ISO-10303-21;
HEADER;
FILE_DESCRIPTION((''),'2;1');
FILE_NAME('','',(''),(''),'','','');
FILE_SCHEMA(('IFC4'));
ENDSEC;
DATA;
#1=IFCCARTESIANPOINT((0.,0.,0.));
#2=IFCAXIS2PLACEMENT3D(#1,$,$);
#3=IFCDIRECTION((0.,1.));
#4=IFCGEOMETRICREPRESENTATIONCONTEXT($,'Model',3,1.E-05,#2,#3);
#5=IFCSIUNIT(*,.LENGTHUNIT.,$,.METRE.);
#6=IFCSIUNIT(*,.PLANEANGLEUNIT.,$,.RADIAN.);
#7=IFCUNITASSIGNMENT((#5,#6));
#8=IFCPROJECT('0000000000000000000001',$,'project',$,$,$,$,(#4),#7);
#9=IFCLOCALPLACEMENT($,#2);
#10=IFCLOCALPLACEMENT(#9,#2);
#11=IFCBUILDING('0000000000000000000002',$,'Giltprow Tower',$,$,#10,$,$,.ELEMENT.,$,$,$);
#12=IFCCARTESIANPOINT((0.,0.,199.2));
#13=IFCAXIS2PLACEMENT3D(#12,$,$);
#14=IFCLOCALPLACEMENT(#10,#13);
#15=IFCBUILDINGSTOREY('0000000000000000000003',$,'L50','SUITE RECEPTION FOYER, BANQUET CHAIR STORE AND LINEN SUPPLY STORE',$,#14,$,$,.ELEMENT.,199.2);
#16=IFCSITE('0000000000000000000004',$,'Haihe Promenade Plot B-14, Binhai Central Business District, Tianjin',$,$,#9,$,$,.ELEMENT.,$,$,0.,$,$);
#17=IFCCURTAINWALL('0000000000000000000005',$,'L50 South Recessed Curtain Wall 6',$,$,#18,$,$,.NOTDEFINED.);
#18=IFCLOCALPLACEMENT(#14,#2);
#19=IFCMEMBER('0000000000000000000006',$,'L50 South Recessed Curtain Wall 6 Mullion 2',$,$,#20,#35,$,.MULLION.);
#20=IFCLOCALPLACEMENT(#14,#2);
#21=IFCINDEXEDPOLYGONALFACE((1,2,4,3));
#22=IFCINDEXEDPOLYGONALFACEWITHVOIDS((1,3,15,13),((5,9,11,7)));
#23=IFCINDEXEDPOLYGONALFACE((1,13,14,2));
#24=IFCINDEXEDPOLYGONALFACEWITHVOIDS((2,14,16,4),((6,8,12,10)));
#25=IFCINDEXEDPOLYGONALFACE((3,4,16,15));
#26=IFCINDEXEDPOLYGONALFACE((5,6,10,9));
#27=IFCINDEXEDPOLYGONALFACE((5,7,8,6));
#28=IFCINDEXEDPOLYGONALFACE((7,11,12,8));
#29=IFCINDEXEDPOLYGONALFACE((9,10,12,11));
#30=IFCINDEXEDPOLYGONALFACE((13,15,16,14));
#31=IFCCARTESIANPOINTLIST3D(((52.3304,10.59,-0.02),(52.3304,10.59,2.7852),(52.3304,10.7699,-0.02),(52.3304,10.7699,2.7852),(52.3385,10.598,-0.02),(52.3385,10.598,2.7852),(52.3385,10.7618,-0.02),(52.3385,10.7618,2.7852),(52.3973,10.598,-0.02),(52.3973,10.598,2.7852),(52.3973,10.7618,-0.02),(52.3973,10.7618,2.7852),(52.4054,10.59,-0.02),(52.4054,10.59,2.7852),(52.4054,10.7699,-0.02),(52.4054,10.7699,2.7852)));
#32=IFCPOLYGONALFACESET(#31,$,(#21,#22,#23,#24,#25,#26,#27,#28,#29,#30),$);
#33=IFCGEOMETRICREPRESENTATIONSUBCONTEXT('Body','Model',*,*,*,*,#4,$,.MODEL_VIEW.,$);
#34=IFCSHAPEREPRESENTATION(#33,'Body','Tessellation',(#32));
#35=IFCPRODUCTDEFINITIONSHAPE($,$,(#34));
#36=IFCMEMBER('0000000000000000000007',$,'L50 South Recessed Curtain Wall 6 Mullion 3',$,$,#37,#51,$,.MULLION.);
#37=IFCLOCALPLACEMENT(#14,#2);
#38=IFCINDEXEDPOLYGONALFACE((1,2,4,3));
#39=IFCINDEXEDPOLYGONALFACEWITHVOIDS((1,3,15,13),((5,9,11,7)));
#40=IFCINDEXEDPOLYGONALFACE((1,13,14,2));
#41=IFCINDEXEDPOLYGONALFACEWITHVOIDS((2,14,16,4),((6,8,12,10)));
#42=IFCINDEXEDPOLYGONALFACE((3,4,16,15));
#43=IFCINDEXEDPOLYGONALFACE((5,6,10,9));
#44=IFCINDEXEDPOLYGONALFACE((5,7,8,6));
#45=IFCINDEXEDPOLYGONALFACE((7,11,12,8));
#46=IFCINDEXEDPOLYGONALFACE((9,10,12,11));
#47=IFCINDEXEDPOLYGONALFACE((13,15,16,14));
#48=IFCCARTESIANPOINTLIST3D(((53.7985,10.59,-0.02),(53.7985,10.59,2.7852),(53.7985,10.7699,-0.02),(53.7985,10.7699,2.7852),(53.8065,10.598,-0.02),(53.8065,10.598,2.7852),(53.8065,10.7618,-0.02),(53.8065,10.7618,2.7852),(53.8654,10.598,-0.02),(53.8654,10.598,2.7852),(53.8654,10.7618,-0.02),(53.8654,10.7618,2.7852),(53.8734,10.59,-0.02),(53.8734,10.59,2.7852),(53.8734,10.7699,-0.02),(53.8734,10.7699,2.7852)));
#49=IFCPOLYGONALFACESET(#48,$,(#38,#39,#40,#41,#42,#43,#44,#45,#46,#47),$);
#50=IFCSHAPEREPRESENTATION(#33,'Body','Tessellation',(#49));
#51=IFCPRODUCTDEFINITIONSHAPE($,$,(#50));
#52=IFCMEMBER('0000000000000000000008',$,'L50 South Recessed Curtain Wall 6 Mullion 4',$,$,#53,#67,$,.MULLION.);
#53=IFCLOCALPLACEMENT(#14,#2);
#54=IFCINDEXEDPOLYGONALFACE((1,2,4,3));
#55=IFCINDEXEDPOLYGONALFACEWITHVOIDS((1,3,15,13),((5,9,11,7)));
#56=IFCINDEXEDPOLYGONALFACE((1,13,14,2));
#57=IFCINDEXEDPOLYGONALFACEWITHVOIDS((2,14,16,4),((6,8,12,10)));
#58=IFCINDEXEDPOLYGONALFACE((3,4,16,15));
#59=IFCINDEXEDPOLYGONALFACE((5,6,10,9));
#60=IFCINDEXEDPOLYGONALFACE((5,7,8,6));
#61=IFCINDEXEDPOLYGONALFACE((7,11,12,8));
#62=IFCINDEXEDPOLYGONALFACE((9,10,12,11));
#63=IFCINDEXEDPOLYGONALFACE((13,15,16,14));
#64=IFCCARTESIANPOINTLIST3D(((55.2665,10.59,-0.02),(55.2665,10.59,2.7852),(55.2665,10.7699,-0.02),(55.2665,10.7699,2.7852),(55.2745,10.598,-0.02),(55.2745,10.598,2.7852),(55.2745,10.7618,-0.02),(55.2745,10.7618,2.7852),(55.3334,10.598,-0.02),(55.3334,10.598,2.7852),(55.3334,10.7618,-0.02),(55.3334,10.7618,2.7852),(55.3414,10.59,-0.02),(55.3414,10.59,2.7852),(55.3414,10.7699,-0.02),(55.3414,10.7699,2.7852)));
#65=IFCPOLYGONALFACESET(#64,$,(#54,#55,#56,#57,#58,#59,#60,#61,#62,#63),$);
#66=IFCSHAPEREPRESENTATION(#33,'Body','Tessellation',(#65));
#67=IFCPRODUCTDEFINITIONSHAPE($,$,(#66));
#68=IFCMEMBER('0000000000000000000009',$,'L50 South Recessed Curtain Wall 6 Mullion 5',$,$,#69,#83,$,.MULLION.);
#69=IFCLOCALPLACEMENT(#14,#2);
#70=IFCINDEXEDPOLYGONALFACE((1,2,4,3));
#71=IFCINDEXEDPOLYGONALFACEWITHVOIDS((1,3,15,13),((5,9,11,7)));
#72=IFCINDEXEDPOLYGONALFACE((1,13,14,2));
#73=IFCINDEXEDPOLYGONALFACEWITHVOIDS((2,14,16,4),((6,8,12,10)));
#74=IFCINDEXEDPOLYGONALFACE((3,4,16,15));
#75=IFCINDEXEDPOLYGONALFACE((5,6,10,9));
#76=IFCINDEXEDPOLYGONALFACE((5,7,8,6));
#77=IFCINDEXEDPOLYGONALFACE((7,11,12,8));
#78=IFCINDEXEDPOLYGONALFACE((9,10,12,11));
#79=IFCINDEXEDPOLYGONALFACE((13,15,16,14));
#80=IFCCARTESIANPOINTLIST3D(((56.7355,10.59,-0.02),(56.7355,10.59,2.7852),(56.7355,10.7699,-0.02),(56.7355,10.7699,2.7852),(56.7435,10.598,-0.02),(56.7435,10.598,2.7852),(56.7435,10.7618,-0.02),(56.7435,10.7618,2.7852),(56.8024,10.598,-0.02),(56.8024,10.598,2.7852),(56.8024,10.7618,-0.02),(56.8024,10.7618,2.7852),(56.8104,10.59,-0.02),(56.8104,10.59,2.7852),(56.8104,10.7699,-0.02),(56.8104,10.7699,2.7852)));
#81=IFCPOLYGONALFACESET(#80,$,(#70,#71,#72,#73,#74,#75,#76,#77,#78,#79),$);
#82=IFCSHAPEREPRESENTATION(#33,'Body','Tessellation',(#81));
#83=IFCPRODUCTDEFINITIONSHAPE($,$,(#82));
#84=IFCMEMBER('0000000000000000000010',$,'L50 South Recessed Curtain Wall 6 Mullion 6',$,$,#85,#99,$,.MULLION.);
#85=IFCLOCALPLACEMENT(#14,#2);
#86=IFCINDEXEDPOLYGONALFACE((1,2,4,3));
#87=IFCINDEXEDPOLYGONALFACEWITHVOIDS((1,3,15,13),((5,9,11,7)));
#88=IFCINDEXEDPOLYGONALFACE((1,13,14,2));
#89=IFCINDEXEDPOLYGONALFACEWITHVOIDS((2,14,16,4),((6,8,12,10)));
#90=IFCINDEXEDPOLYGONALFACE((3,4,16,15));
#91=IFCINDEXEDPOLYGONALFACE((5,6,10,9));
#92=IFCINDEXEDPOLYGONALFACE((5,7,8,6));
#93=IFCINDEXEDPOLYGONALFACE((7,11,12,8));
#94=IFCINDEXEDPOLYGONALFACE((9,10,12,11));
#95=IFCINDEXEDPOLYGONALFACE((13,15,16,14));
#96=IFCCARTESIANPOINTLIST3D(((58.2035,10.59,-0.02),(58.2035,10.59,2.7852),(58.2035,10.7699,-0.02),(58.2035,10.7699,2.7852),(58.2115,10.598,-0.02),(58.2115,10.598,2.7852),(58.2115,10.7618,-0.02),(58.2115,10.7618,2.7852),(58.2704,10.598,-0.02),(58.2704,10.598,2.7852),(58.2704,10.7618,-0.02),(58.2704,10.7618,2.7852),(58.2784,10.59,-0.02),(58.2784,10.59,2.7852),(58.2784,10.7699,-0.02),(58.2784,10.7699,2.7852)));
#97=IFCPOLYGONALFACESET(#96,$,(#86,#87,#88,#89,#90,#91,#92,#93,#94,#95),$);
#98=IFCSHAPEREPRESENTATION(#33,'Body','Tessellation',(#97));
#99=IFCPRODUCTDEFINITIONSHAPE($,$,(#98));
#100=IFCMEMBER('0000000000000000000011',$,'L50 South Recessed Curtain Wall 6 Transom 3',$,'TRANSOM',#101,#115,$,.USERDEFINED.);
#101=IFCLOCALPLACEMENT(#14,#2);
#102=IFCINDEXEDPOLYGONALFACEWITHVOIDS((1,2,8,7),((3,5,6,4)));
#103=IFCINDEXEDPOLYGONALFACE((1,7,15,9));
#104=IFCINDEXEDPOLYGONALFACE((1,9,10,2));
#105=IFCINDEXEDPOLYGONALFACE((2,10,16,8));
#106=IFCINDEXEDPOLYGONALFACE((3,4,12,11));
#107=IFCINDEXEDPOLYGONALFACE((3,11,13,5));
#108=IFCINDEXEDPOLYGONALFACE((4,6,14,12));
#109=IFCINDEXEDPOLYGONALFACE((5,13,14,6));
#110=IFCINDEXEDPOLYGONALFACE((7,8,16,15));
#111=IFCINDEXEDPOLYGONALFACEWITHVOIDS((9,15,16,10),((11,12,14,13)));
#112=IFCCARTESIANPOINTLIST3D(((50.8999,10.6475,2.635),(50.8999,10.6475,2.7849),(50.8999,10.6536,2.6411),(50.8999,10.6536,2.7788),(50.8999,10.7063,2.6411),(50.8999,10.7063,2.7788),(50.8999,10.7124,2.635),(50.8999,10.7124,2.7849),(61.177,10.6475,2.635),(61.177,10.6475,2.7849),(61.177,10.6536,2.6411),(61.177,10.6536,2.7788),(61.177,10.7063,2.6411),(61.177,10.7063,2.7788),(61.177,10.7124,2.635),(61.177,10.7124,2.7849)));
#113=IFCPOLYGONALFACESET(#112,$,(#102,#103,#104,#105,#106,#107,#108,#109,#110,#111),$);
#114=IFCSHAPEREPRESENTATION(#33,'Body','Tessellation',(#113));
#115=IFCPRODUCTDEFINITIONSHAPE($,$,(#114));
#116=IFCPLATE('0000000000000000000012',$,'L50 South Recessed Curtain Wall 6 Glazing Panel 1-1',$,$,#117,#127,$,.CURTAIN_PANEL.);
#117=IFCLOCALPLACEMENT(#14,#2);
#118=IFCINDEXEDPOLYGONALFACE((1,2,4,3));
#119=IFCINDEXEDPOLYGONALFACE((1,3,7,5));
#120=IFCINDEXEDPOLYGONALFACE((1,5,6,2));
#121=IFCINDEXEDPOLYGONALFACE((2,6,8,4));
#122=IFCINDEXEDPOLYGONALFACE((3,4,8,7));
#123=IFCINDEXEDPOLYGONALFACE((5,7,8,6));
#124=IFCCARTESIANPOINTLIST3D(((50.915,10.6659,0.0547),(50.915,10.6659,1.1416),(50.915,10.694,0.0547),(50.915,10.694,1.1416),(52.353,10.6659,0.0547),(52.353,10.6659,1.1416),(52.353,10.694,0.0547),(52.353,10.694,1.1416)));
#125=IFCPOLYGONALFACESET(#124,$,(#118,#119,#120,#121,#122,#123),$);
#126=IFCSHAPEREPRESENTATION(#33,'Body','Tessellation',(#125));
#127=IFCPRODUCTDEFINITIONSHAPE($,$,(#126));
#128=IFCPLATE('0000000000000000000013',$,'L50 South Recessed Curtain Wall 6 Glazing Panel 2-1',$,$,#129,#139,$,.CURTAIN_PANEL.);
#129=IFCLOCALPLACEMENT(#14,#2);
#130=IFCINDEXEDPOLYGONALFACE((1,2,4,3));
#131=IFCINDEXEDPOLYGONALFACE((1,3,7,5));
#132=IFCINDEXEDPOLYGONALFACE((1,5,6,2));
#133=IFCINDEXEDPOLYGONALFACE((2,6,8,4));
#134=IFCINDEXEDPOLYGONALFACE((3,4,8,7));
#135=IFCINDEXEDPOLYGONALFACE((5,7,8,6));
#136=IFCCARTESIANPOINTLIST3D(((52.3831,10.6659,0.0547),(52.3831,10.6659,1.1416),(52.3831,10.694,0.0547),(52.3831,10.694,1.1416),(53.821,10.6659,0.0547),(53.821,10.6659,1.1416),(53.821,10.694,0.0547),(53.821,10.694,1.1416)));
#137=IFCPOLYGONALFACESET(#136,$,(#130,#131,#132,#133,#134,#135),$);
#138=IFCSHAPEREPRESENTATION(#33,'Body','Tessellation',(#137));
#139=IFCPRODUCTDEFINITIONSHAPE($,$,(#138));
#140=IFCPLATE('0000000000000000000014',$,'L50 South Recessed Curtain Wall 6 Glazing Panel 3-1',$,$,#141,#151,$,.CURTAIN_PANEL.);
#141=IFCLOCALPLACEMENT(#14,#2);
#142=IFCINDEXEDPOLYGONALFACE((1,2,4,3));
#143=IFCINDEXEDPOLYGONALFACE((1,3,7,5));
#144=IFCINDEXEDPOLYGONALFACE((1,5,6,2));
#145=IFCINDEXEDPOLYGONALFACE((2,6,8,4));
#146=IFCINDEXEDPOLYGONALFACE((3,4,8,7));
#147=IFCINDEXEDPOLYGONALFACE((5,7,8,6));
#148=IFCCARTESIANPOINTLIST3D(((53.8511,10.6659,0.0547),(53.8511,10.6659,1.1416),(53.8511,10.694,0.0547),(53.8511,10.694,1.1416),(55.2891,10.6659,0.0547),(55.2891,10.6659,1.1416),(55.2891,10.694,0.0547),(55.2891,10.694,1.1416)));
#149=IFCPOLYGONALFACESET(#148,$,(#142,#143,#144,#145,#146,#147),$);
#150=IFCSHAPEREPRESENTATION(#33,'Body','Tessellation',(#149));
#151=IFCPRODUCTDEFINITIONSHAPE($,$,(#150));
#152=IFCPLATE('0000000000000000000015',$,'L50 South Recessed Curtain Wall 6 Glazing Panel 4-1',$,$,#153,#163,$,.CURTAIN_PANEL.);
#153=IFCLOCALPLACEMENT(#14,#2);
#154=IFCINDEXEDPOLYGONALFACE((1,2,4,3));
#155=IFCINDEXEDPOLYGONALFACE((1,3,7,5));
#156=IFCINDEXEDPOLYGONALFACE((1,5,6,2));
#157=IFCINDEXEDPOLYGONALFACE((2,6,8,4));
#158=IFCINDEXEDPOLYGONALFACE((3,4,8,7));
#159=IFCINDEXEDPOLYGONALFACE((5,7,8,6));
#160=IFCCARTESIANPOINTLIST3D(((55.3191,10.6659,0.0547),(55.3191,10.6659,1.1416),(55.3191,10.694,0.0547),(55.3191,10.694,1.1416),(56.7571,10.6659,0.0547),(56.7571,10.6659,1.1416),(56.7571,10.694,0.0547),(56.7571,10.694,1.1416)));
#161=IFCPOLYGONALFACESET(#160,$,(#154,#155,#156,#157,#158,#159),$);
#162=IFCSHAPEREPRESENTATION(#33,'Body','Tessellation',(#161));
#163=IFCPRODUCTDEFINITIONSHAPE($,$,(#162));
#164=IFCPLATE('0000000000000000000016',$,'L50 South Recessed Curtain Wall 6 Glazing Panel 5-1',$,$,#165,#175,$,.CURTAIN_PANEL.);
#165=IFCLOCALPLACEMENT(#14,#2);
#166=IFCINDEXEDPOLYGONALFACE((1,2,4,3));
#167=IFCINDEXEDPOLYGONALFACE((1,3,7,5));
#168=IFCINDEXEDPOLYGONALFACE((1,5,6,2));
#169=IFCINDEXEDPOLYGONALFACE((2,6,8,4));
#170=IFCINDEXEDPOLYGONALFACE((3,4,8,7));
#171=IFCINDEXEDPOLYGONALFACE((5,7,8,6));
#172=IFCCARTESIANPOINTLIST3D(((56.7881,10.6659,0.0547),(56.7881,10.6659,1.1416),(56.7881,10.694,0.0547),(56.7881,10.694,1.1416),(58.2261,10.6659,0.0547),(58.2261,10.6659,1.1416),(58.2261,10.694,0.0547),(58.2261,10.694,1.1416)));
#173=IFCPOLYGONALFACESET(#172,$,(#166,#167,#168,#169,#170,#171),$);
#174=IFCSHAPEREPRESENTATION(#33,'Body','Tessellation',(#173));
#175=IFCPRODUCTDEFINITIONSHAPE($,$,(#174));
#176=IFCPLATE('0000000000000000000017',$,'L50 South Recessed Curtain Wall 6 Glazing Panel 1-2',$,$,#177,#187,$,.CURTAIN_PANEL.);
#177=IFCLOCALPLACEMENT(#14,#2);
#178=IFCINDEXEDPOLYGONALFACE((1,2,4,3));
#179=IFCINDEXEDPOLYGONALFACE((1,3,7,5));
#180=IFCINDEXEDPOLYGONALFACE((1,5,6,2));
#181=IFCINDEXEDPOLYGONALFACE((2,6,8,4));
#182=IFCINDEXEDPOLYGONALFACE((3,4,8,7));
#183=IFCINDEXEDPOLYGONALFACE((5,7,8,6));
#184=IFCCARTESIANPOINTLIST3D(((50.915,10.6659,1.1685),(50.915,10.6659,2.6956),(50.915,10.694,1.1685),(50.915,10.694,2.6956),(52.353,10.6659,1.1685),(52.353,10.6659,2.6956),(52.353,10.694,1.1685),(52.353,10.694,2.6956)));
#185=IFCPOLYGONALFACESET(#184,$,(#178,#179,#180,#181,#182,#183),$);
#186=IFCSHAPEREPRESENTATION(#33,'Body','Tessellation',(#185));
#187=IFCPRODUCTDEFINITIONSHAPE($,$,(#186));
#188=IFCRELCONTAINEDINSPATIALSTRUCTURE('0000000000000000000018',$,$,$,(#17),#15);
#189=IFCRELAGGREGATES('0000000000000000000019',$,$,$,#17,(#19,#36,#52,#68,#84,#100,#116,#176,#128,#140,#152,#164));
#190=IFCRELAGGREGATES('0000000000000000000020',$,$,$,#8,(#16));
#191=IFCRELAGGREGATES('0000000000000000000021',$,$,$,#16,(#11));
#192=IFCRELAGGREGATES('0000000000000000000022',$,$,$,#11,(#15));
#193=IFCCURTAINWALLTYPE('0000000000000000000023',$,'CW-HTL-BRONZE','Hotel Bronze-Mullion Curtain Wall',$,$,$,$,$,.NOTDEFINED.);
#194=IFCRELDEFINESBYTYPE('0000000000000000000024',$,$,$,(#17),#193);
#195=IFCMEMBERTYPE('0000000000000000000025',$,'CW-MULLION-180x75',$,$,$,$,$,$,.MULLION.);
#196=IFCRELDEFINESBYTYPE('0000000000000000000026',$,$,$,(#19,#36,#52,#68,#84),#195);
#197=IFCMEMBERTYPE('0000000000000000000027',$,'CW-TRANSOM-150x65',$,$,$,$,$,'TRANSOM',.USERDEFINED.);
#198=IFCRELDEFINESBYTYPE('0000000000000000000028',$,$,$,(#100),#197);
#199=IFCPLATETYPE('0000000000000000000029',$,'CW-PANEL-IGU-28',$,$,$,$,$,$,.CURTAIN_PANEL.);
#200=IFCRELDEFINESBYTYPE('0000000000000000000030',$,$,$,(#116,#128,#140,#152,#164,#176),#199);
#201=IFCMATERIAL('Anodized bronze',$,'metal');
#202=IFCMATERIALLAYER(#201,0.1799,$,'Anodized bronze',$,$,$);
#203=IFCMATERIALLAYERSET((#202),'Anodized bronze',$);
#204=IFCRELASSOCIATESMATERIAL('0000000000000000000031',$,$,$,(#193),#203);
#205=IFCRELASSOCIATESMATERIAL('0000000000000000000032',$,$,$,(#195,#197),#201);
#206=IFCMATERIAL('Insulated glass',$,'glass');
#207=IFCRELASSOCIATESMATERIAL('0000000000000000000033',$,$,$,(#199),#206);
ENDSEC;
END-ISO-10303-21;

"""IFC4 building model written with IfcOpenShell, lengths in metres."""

from ifc_helpers import new_model, si_unit, direction, frame, origin, origin_2d, place, context, subcontext, project, spatial, rectangle, hollow_rectangle, extrude, source, transform, mapped, material, layer, layer_set, material_profile, profile_set, type_object, element, aggregate, save


model = new_model("IFC4")

# Units and contexts
model_context = context("Model", 3, precision=1e-05, world=origin(), true_north=direction((0.0, 1.0)))
body_context = subcontext(model_context, "Body", "Model", "MODEL_VIEW")
ifc_project = project(units=[si_unit("LENGTHUNIT", "METRE"), si_unit("PLANEANGLEUNIT", "RADIAN")], contexts=[model_context])

# Site, building, storey
site_placement = place(None, origin())
site = spatial("IfcSite", under=ifc_project, at=site_placement, Name="Haihe Promenade Plot B-14, Binhai Central Business District, Tianjin", CompositionType="ELEMENT", RefElevation=0.0)
building_placement = place(site_placement, origin())
building = spatial("IfcBuilding", under=site, at=building_placement, Name="Giltprow Tower", CompositionType="ELEMENT")
storey_placement = place(building_placement, frame((0.0, 0.0, 199.2)))
storey = spatial("IfcBuildingStorey", under=building, at=storey_placement, Name="L50", Description="SUITE RECEPTION FOYER, BANQUET CHAIR STORE AND LINEN SUPPLY STORE", CompositionType="ELEMENT", Elevation=199.2)

# Curtain wall, members, plates
ifc_material_1 = material(Name="Anodized bronze", Category="metal")
ifc_layer = layer(ifc_material_1, 0.1799, Name="Anodized bronze")
ifc_layer_set = layer_set([ifc_layer], Name="Anodized bronze")
curtain_wall_type = type_object("IfcCurtainWallType", Name="CW-HTL-BRONZE", Description="Hotel Bronze-Mullion Curtain Wall", PredefinedType="NOTDEFINED", material=ifc_layer_set)
curtain_wall_placement = place(storey_placement, origin())
curtain_wall = element("IfcCurtainWall", 1, at=curtain_wall_placement, inside=storey, type_object=curtain_wall_type, Name="L50 South Recessed Curtain Wall 6", PredefinedType="NOTDEFINED")
ifc_material_profile_1 = material_profile(ifc_material_1, hollow_rectangle(XDim=0.075, YDim=0.1799, WallThickness=0.0081, at=origin_2d()), Name="RHS 180x75x8")
ifc_profile_set_1 = profile_set([ifc_material_profile_1], Name="Anodized bronze")
member_type_1 = type_object("IfcMemberType", Name="CW-MULLION-180x75", PredefinedType="MULLION", material=ifc_profile_set_1)
shared_shape_1 = source(origin(), body_context, "Body", "SweptSolid", [
    extrude(hollow_rectangle(XDim=0.075, YDim=0.1799, WallThickness=0.0081, at=origin_2d()), origin(), (0.0, 0.0, 1.0), 2.8052),
])
member_1_placement = place(storey_placement, frame((52.3679, 10.6799, -0.02), z_axis=(0.0, 0.0, 1.0), x_axis=(1.0, 0.0, 0.0)))
member_1 = element("IfcMember", 2, at=member_1_placement, type_object=member_type_1, Name="L50 South Recessed Curtain Wall 6 Mullion 2", PredefinedType="MULLION", context=body_context, shape_type="MappedRepresentation", body=[
    mapped(shared_shape_1, transform((0.0, 0.0, 0.0), x_axis=(1.0, 0.0, 0.0), y_axis=(0.0, 1.0, 0.0), z_axis=(0.0, 0.0, 1.0), scale=1.0)),
])
member_2_placement = place(storey_placement, frame((53.8359, 10.6799, -0.02), z_axis=(0.0, 0.0, 1.0), x_axis=(1.0, 0.0, 0.0)))
member_2 = element("IfcMember", 3, at=member_2_placement, type_object=member_type_1, Name="L50 South Recessed Curtain Wall 6 Mullion 3", PredefinedType="MULLION", context=body_context, shape_type="MappedRepresentation", body=[
    mapped(shared_shape_1, transform((0.0, 0.0, 0.0), x_axis=(1.0, 0.0, 0.0), y_axis=(0.0, 1.0, 0.0), z_axis=(0.0, 0.0, 1.0), scale=1.0)),
])
member_3_placement = place(storey_placement, frame((55.304, 10.6799, -0.02), z_axis=(0.0, 0.0, 1.0), x_axis=(1.0, 0.0, 0.0)))
member_3 = element("IfcMember", 4, at=member_3_placement, type_object=member_type_1, Name="L50 South Recessed Curtain Wall 6 Mullion 4", PredefinedType="MULLION", context=body_context, shape_type="MappedRepresentation", body=[
    mapped(shared_shape_1, transform((0.0, 0.0, 0.0), x_axis=(1.0, 0.0, 0.0), y_axis=(0.0, 1.0, 0.0), z_axis=(0.0, 0.0, 1.0), scale=1.0)),
])
member_4_placement = place(storey_placement, frame((56.7729, 10.6799, -0.02), z_axis=(0.0, 0.0, 1.0), x_axis=(1.0, 0.0, 0.0)))
member_4 = element("IfcMember", 5, at=member_4_placement, type_object=member_type_1, Name="L50 South Recessed Curtain Wall 6 Mullion 5", PredefinedType="MULLION", context=body_context, shape_type="MappedRepresentation", body=[
    mapped(shared_shape_1, transform((0.0, 0.0, 0.0), x_axis=(1.0, 0.0, 0.0), y_axis=(0.0, 1.0, 0.0), z_axis=(0.0, 0.0, 1.0), scale=1.0)),
])
member_5_placement = place(storey_placement, frame((58.241, 10.6799, -0.02), z_axis=(0.0, 0.0, 1.0), x_axis=(1.0, 0.0, 0.0)))
member_5 = element("IfcMember", 6, at=member_5_placement, type_object=member_type_1, Name="L50 South Recessed Curtain Wall 6 Mullion 6", PredefinedType="MULLION", context=body_context, shape_type="MappedRepresentation", body=[
    mapped(shared_shape_1, transform((0.0, 0.0, 0.0), x_axis=(1.0, 0.0, 0.0), y_axis=(0.0, 1.0, 0.0), z_axis=(0.0, 0.0, 1.0), scale=1.0)),
])
ifc_material_profile_2 = material_profile(ifc_material_1, hollow_rectangle(XDim=0.0649, YDim=0.1499, WallThickness=0.0061, at=origin_2d()), Name="RHS 150x65x6")
ifc_profile_set_2 = profile_set([ifc_material_profile_2], Name="Anodized bronze")
member_type_2 = type_object("IfcMemberType", Name="CW-TRANSOM-150x65", ElementType="TRANSOM", PredefinedType="USERDEFINED", material=ifc_profile_set_2)
shared_shape_2 = source(origin(), body_context, "Body", "SweptSolid", [
    extrude(hollow_rectangle(XDim=0.0649, YDim=0.1499, WallThickness=0.0061, at=origin_2d()), origin(), (0.0, 0.0, 1.0), 10.2771),
])
member_6_placement = place(storey_placement, frame((50.8999, 10.6799, 2.71), z_axis=(1.0, 0.0, 0.0), x_axis=(0.0, 1.0, 0.0)))
member_6 = element("IfcMember", 7, at=member_6_placement, type_object=member_type_2, Name="L50 South Recessed Curtain Wall 6 Transom 3", ObjectType="TRANSOM", PredefinedType="USERDEFINED", context=body_context, shape_type="MappedRepresentation", body=[
    mapped(shared_shape_2, transform((0.0, 0.0, 0.0), x_axis=(1.0, 0.0, 0.0), y_axis=(0.0, 1.0, 0.0), z_axis=(0.0, 0.0, 1.0), scale=1.0)),
])
ifc_material_2 = material(Name="Insulated glass", Category="glass")
plate_type = type_object("IfcPlateType", Name="CW-PANEL-IGU-28", PredefinedType="CURTAIN_PANEL", material=ifc_material_2)
shared_shape_3 = source(origin(), body_context, "Body", "SweptSolid", [
    extrude(rectangle(XDim=1.438, YDim=0.0281, at=origin_2d()), origin(), (0.0, 0.0, 1.0), 1.0869),
])
plate_1_placement = place(storey_placement, frame((51.634, 10.6799, 0.0547), z_axis=(0.0, 0.0, 1.0), x_axis=(1.0, 0.0, 0.0)))
plate_1 = element("IfcPlate", 8, at=plate_1_placement, type_object=plate_type, Name="L50 South Recessed Curtain Wall 6 Glazing Panel 1-1", PredefinedType="CURTAIN_PANEL", context=body_context, shape_type="MappedRepresentation", body=[
    mapped(shared_shape_3, transform((0.0, 0.0, 0.0), x_axis=(1.0, 0.0, 0.0), y_axis=(0.0, 1.0, 0.0), z_axis=(0.0, 0.0, 1.0), scale=1.0)),
])
plate_2_placement = place(storey_placement, frame((53.1021, 10.6799, 0.0547), z_axis=(0.0, 0.0, 1.0), x_axis=(1.0, 0.0, 0.0)))
plate_2 = element("IfcPlate", 9, at=plate_2_placement, type_object=plate_type, Name="L50 South Recessed Curtain Wall 6 Glazing Panel 2-1", PredefinedType="CURTAIN_PANEL", context=body_context, shape_type="MappedRepresentation", body=[
    mapped(shared_shape_3, transform((0.0, 0.0, 0.0), x_axis=(1.0, 0.0, 0.0), y_axis=(0.0, 1.0, 0.0), z_axis=(0.0, 0.0, 1.0), scale=1.0)),
])
plate_3_placement = place(storey_placement, frame((54.5701, 10.6799, 0.0547), z_axis=(0.0, 0.0, 1.0), x_axis=(1.0, 0.0, 0.0)))
plate_3 = element("IfcPlate", 10, at=plate_3_placement, type_object=plate_type, Name="L50 South Recessed Curtain Wall 6 Glazing Panel 3-1", PredefinedType="CURTAIN_PANEL", context=body_context, shape_type="MappedRepresentation", body=[
    mapped(shared_shape_3, transform((0.0, 0.0, 0.0), x_axis=(1.0, 0.0, 0.0), y_axis=(0.0, 1.0, 0.0), z_axis=(0.0, 0.0, 1.0), scale=1.0)),
])
plate_4_placement = place(storey_placement, frame((56.0381, 10.6799, 0.0547), z_axis=(0.0, 0.0, 1.0), x_axis=(1.0, 0.0, 0.0)))
plate_4 = element("IfcPlate", 11, at=plate_4_placement, type_object=plate_type, Name="L50 South Recessed Curtain Wall 6 Glazing Panel 4-1", PredefinedType="CURTAIN_PANEL", context=body_context, shape_type="MappedRepresentation", body=[
    mapped(shared_shape_3, transform((0.0, 0.0, 0.0), x_axis=(1.0, 0.0, 0.0), y_axis=(0.0, 1.0, 0.0), z_axis=(0.0, 0.0, 1.0), scale=1.0)),
])
plate_5_placement = place(storey_placement, frame((57.5071, 10.6799, 0.0547), z_axis=(0.0, 0.0, 1.0), x_axis=(1.0, 0.0, 0.0)))
plate_5 = element("IfcPlate", 12, at=plate_5_placement, type_object=plate_type, Name="L50 South Recessed Curtain Wall 6 Glazing Panel 5-1", PredefinedType="CURTAIN_PANEL", context=body_context, shape_type="MappedRepresentation", body=[
    mapped(shared_shape_3, transform((0.0, 0.0, 0.0), x_axis=(1.0, 0.0, 0.0), y_axis=(0.0, 1.0, 0.0), z_axis=(0.0, 0.0, 1.0), scale=1.0)),
])
shared_shape_4 = source(origin(), body_context, "Body", "SweptSolid", [
    extrude(rectangle(XDim=1.438, YDim=0.0281, at=origin_2d()), origin(), (0.0, 0.0, 1.0), 1.5271),
])
plate_6_placement = place(storey_placement, frame((51.634, 10.6799, 1.1685), z_axis=(0.0, 0.0, 1.0), x_axis=(1.0, 0.0, 0.0)))
plate_6 = element("IfcPlate", 13, at=plate_6_placement, type_object=plate_type, Name="L50 South Recessed Curtain Wall 6 Glazing Panel 1-2", PredefinedType="CURTAIN_PANEL", context=body_context, shape_type="MappedRepresentation", body=[
    mapped(shared_shape_4, transform((0.0, 0.0, 0.0), x_axis=(1.0, 0.0, 0.0), y_axis=(0.0, 1.0, 0.0), z_axis=(0.0, 0.0, 1.0), scale=1.0)),
])
aggregate(curtain_wall, [member_1, member_2, member_3, member_4, member_5, member_6, plate_1, plate_6, plate_2, plate_3, plate_4, plate_5])

save(model, "model.ifc")
